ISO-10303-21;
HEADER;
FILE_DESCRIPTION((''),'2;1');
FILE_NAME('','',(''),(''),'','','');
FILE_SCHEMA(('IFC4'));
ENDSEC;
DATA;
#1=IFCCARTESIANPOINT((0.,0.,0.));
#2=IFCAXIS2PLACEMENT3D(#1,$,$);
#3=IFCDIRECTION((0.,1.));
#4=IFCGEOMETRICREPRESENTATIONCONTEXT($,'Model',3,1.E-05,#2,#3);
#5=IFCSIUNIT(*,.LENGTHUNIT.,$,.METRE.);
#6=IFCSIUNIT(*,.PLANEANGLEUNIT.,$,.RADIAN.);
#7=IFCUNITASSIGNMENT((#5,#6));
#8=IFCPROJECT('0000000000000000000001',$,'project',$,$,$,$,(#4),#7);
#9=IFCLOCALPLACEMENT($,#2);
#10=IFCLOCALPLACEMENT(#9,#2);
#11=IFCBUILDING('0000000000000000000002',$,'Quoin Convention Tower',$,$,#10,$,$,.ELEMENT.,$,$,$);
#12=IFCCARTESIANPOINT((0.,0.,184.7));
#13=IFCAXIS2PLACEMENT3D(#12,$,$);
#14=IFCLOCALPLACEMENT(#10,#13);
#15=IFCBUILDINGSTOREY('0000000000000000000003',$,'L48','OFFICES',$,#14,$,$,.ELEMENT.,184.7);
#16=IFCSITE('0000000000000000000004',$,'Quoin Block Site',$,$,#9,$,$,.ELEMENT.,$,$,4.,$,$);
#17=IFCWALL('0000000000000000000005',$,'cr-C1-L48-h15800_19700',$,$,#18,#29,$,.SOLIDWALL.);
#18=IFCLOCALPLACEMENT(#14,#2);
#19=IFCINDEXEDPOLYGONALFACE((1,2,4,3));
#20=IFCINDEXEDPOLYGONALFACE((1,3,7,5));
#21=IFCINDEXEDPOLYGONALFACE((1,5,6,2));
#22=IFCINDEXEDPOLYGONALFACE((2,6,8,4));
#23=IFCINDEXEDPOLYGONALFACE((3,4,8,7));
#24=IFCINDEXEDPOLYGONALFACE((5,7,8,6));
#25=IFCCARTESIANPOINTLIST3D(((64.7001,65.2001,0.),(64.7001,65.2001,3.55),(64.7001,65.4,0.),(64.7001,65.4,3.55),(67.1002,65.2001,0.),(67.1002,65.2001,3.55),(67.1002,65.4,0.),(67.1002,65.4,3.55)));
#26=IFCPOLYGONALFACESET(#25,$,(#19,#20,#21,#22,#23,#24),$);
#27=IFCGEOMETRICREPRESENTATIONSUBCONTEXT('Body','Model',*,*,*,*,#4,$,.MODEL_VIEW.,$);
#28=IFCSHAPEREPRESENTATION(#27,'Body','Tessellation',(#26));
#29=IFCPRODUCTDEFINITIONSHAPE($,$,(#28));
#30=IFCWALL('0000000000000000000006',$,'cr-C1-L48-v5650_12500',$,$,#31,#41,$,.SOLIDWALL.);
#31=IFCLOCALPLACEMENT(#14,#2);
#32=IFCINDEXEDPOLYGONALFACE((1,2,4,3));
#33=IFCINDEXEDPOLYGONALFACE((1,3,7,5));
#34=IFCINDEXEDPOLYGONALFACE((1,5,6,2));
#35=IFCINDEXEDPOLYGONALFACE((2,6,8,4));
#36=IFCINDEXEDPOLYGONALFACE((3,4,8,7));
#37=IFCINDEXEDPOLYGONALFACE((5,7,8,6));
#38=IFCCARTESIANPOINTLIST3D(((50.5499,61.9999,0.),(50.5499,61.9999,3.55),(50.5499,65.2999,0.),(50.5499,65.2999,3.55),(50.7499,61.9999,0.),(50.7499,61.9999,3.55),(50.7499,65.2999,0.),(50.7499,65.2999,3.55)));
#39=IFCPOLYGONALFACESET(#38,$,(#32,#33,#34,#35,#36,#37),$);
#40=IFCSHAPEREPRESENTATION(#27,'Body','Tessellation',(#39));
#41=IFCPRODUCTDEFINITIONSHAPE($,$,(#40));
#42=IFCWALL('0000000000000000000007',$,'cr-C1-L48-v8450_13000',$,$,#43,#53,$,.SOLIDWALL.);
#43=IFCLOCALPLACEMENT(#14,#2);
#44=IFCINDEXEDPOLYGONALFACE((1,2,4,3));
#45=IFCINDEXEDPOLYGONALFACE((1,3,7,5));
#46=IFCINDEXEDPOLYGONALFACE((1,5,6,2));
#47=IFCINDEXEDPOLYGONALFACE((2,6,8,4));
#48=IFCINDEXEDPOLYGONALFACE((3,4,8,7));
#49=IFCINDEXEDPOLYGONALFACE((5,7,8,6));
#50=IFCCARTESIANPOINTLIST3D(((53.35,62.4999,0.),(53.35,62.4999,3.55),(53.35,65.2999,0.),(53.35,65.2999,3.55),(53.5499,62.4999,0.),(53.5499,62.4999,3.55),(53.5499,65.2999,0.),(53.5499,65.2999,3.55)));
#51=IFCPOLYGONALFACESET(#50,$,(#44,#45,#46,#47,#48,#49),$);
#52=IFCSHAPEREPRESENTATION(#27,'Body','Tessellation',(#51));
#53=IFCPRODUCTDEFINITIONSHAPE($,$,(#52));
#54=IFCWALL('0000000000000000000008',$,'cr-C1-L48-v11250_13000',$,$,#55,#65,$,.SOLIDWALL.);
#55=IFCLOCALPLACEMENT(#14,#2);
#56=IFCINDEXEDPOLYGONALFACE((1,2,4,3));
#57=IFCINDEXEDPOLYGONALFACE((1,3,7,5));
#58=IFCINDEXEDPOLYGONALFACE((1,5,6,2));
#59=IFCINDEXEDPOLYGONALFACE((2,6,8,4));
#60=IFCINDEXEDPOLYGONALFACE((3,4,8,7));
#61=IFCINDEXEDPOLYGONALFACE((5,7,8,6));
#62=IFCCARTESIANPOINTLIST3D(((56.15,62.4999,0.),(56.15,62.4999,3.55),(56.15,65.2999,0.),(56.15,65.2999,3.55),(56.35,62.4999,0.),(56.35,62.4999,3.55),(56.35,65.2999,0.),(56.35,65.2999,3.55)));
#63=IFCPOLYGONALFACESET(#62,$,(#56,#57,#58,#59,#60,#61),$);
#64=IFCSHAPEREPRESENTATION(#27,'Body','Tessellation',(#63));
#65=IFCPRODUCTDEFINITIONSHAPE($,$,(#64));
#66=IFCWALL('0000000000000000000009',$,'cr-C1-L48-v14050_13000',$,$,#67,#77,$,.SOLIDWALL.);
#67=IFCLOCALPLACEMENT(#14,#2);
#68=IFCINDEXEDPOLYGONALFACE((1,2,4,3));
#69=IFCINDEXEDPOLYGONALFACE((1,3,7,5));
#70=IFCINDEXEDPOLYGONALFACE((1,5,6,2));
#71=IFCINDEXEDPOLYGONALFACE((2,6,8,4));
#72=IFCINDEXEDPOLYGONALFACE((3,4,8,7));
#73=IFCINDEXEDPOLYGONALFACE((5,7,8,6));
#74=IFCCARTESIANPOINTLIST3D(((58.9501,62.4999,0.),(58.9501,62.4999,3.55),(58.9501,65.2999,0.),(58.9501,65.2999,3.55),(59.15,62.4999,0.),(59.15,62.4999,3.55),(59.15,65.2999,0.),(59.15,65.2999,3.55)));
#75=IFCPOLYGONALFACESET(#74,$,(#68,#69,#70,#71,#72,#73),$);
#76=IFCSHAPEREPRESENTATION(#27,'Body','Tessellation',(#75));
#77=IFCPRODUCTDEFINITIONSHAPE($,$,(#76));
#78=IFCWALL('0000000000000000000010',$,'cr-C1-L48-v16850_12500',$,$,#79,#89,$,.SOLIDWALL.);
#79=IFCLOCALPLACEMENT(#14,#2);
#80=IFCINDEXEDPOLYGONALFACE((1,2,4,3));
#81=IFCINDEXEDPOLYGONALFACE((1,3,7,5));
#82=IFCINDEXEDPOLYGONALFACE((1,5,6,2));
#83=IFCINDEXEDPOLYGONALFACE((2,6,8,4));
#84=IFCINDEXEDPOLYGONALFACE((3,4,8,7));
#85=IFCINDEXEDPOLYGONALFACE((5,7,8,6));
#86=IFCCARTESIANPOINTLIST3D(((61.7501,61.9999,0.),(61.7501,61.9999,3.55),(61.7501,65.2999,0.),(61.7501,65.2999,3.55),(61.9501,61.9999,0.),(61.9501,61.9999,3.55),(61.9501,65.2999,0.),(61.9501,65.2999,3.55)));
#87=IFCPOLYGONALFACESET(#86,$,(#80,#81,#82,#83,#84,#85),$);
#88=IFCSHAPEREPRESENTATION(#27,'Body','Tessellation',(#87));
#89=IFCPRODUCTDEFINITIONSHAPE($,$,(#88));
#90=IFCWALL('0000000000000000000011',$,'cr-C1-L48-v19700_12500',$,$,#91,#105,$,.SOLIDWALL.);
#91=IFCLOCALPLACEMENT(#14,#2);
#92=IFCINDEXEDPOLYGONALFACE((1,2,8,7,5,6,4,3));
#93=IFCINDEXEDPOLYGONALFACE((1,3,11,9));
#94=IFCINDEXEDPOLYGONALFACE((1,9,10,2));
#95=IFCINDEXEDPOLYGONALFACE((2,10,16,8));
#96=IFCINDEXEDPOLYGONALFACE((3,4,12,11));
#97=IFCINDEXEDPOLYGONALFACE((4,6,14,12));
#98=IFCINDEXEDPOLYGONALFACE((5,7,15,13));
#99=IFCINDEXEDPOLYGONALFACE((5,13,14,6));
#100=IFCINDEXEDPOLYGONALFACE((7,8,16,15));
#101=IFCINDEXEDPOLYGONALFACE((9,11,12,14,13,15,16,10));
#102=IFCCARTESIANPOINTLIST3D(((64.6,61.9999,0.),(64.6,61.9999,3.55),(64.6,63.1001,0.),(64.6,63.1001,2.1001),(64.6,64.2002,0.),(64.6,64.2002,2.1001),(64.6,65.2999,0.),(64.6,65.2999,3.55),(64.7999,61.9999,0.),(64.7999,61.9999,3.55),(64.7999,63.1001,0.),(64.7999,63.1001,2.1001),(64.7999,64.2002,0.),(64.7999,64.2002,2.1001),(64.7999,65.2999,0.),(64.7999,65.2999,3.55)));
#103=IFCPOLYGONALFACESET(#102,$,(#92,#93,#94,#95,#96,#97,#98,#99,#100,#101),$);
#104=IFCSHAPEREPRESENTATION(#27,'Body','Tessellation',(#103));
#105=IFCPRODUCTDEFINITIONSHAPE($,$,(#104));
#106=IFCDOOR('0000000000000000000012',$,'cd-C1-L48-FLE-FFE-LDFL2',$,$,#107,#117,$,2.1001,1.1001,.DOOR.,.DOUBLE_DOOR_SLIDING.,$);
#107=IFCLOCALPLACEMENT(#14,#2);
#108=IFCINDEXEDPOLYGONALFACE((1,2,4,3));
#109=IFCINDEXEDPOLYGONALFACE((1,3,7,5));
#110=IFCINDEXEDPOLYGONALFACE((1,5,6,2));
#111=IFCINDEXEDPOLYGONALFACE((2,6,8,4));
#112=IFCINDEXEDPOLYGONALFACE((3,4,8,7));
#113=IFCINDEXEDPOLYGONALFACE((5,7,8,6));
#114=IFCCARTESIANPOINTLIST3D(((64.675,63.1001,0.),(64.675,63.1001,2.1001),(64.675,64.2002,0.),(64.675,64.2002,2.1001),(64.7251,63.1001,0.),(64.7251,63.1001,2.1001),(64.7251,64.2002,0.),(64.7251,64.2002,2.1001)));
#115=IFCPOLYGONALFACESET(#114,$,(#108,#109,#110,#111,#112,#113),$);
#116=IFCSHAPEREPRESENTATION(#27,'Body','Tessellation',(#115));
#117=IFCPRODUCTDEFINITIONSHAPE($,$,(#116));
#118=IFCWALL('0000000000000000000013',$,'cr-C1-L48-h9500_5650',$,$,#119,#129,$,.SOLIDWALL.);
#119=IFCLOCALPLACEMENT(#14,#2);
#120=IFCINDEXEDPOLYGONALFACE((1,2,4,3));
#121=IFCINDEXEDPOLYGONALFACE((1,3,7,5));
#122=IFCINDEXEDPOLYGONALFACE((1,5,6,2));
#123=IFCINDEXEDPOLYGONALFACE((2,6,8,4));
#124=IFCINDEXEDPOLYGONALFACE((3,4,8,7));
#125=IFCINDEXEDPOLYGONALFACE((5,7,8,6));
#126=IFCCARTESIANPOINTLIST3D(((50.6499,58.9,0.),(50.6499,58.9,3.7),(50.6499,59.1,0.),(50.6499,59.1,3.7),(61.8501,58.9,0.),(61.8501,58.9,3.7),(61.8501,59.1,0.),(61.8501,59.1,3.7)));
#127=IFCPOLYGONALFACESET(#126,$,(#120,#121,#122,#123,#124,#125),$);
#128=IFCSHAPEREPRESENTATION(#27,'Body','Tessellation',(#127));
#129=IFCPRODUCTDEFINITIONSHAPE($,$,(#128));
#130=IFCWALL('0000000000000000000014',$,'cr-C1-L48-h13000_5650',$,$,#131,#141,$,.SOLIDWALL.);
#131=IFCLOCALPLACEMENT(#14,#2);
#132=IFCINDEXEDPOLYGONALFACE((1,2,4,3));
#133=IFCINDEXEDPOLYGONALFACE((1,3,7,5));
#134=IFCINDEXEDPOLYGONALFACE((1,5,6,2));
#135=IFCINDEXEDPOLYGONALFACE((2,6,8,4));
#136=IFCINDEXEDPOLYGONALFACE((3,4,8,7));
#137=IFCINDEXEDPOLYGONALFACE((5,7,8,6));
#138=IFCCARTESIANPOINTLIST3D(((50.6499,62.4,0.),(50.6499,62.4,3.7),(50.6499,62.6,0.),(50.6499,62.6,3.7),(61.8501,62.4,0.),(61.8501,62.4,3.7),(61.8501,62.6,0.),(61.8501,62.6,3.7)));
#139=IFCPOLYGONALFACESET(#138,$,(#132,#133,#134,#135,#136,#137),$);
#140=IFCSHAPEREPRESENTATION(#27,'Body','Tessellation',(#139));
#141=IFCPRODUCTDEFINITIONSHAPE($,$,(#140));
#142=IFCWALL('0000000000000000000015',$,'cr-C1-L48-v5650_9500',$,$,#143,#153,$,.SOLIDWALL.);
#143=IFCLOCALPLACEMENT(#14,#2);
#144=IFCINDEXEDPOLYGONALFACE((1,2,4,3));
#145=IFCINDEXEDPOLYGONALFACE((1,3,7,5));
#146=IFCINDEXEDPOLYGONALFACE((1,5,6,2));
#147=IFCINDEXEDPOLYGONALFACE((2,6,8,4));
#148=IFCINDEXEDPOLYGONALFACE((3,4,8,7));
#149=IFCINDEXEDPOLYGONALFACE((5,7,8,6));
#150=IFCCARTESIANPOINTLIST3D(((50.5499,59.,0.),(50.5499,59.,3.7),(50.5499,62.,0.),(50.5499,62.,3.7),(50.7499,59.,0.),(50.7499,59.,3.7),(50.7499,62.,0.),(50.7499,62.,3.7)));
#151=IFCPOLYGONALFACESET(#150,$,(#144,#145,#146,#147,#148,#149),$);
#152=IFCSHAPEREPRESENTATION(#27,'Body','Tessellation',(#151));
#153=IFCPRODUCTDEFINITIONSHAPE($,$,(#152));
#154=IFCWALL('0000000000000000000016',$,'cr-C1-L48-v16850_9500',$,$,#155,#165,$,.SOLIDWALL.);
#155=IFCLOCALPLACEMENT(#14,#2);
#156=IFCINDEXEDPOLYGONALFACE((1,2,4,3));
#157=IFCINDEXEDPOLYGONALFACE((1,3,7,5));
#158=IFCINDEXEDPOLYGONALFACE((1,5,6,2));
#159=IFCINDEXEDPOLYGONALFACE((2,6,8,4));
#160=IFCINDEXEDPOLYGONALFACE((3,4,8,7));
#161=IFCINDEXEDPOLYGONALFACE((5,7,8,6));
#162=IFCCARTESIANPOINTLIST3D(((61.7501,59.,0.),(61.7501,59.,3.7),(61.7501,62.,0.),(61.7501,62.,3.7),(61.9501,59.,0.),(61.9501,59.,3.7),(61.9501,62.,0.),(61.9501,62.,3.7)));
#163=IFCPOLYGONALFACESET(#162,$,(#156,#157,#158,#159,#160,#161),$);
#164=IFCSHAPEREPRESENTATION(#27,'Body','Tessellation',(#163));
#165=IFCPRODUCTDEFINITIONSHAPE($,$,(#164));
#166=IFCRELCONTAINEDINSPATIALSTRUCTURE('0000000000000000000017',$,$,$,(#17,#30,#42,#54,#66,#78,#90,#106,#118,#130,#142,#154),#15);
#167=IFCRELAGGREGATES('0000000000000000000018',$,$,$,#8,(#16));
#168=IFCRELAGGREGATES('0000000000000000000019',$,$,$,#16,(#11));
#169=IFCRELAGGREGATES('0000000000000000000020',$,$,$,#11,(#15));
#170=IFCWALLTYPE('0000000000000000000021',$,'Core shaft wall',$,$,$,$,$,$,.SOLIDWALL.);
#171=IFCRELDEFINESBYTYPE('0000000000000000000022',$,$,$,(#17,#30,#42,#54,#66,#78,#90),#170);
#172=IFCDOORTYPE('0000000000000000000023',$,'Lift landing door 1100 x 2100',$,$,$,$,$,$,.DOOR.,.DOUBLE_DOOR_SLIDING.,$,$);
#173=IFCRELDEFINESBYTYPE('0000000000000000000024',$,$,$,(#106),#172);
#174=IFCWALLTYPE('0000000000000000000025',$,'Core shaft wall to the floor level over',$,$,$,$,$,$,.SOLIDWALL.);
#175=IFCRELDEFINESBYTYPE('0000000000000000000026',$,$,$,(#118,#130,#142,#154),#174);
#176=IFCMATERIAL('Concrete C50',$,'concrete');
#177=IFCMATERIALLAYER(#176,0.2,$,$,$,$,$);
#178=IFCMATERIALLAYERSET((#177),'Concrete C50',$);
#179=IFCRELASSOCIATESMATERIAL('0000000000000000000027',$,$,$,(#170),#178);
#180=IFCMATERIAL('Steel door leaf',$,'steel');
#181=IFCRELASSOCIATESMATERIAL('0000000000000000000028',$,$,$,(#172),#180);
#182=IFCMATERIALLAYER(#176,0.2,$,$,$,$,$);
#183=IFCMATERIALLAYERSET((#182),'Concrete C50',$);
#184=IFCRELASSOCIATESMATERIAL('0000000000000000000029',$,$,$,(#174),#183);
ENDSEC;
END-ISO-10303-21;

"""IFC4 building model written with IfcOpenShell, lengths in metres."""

from ifc_helpers import new_model, si_unit, direction, frame, frame_2d, origin, place, context, subcontext, project, spatial, rectangle, extrude, material, layer, layer_set, type_object, element, fill, save


model = new_model("IFC4")

# Units and contexts
model_context = context("Model", 3, precision=1e-05, world=origin(), true_north=direction((0.0, 1.0)))
body_context = subcontext(model_context, "Body", "Model", "MODEL_VIEW")
ifc_project = project(units=[si_unit("LENGTHUNIT", "METRE"), si_unit("PLANEANGLEUNIT", "RADIAN")], contexts=[model_context])

# Site, building, storey
site_placement = place(None, origin())
site = spatial("IfcSite", under=ifc_project, at=site_placement, Name="Quoin Block Site", CompositionType="ELEMENT", RefElevation=4.0)
building_placement = place(site_placement, origin())
building = spatial("IfcBuilding", under=site, at=building_placement, Name="Quoin Convention Tower", CompositionType="ELEMENT")
storey_placement = place(building_placement, frame((0.0, 0.0, 184.7)))
storey = spatial("IfcBuildingStorey", under=building, at=storey_placement, Name="L48", Description="OFFICES", CompositionType="ELEMENT", Elevation=184.7)

# Walls
ifc_material_1 = material(Name="Concrete C50", Category="concrete")
ifc_layer_1 = layer(ifc_material_1, 0.2)
ifc_layer_set_1 = layer_set([ifc_layer_1], Name="Concrete C50")
wall_type_1 = type_object("IfcWallType", Name="Core shaft wall", PredefinedType="SOLIDWALL", material=ifc_layer_set_1)
wall_1_placement = place(storey_placement, frame((64.7, 65.3, 0.0), z_axis=(0.0, 0.0, 1.0), x_axis=(1.0, 0.0, 0.0)))
element("IfcWall", 1, at=wall_1_placement, inside=storey, type_object=wall_type_1, Name="cr-C1-L48-h15800_19700", PredefinedType="SOLIDWALL", context=body_context, shape_type="SweptSolid", body=[
    extrude(rectangle(XDim=2.4001, YDim=0.2, at=frame_2d((1.2002, 0.0))), origin(), (0.0, 0.0, 1.0), 3.55),
])
wall_2_placement = place(storey_placement, frame((50.6499, 62.0, 0.0), z_axis=(0.0, 0.0, 1.0), x_axis=(0.0, 1.0, 0.0)))
element("IfcWall", 2, at=wall_2_placement, inside=storey, type_object=wall_type_1, Name="cr-C1-L48-v5650_12500", PredefinedType="SOLIDWALL", context=body_context, shape_type="SweptSolid", body=[
    extrude(rectangle(XDim=3.3, YDim=0.2, at=frame_2d((1.6499, 0.0))), origin(), (0.0, 0.0, 1.0), 3.55),
])
for number, where, z_axis, x_axis, name in (
    (3, (53.45, 62.5, 0.0), (0.0, 0.0, 1.0), (0.0, 1.0, 0.0), "cr-C1-L48-v8450_13000"),
    (4, (56.25, 62.5, 0.0), (0.0, 0.0, 1.0), (0.0, 1.0, 0.0), "cr-C1-L48-v11250_13000"),
    (5, (59.05, 62.5, 0.0), (0.0, 0.0, 1.0), (0.0, 1.0, 0.0), "cr-C1-L48-v14050_13000"),
):
    element("IfcWall", number, at=place(storey_placement, frame(where, z_axis=z_axis, x_axis=x_axis)), inside=storey, type_object=wall_type_1, Name=name, PredefinedType="SOLIDWALL", context=body_context, shape_type="SweptSolid", body=[
        extrude(rectangle(XDim=2.8, YDim=0.2, at=frame_2d((1.3999, 0.0))), origin(), (0.0, 0.0, 1.0), 3.55),
    ])
wall_3_placement = place(storey_placement, frame((61.8501, 62.0, 0.0), z_axis=(0.0, 0.0, 1.0), x_axis=(0.0, 1.0, 0.0)))
element("IfcWall", 6, at=wall_3_placement, inside=storey, type_object=wall_type_1, Name="cr-C1-L48-v16850_12500", PredefinedType="SOLIDWALL", context=body_context, shape_type="SweptSolid", body=[
    extrude(rectangle(XDim=3.3, YDim=0.2, at=frame_2d((1.6499, 0.0))), origin(), (0.0, 0.0, 1.0), 3.55),
])

# Wall, opening, door
wall_4_placement = place(storey_placement, frame((64.7, 62.0, 0.0), z_axis=(0.0, 0.0, 1.0), x_axis=(0.0, 1.0, 0.0)))
wall_4 = element("IfcWall", 7, at=wall_4_placement, inside=storey, type_object=wall_type_1, Name="cr-C1-L48-v19700_12500", PredefinedType="SOLIDWALL", context=body_context, shape_type="SweptSolid", body=[
    extrude(rectangle(XDim=3.3, YDim=0.2, at=frame_2d((1.6499, 0.0))), origin(), (0.0, 0.0, 1.0), 3.55),
])
opening_placement = place(wall_4_placement, frame((1.1001, 0.0, 0.0)))
opening = element("IfcOpeningElement", 8, at=opening_placement, cuts=wall_4, PredefinedType="OPENING", context=body_context, shape_type="SweptSolid", body=[
    extrude(rectangle(XDim=1.1001, YDim=2.1001, at=frame_2d((0.55, 1.05))), frame((0.0, 0.1099, 0.0), z_axis=(0.0, -1.0, 0.0), x_axis=(1.0, 0.0, 0.0)), (0.0, 0.0, 1.0), 0.22),
])
ifc_material_2 = material(Name="Steel door leaf", Category="steel")
door_type = type_object("IfcDoorType", Name="Lift landing door 1100 x 2100", OperationType="DOUBLE_DOOR_SLIDING", PredefinedType="DOOR", material=ifc_material_2)
door_placement = place(opening_placement, origin())
door = element("IfcDoor", 9, at=door_placement, inside=storey, type_object=door_type, Name="cd-C1-L48-FLE-FFE-LDFL2", OperationType="DOUBLE_DOOR_SLIDING", OverallHeight=2.1001, OverallWidth=1.1001, PredefinedType="DOOR", context=body_context, shape_type="SweptSolid", body=[
    extrude(rectangle(XDim=1.1001, YDim=2.1001, at=frame_2d((0.55, 1.05))), frame((0.0, 0.0249, 0.0), z_axis=(0.0, -1.0, 0.0), x_axis=(1.0, 0.0, 0.0)), (0.0, 0.0, 1.0), 0.05),
])
fill(opening, door)

# Walls
ifc_layer_2 = layer(ifc_material_1, 0.2)
ifc_layer_set_2 = layer_set([ifc_layer_2], Name="Concrete C50")
wall_type_2 = type_object("IfcWallType", Name="Core shaft wall to the floor level over", PredefinedType="SOLIDWALL", material=ifc_layer_set_2)
for number, where, z_axis, x_axis, name in (
    (10, (50.6499, 59.0, 0.0), (0.0, 0.0, 1.0), (1.0, 0.0, 0.0), "cr-C1-L48-h9500_5650"),
    (11, (50.6499, 62.5, 0.0), (0.0, 0.0, 1.0), (1.0, 0.0, 0.0), "cr-C1-L48-h13000_5650"),
):
    element("IfcWall", number, at=place(storey_placement, frame(where, z_axis=z_axis, x_axis=x_axis)), inside=storey, type_object=wall_type_2, Name=name, PredefinedType="SOLIDWALL", context=body_context, shape_type="SweptSolid", body=[
        extrude(rectangle(XDim=11.2002, YDim=0.2, at=frame_2d((5.6001, 0.0))), origin(), (0.0, 0.0, 1.0), 3.7),
    ])
for number, where, z_axis, x_axis, name in (
    (12, (50.6499, 59.0, 0.0), (0.0, 0.0, 1.0), (0.0, 1.0, 0.0), "cr-C1-L48-v5650_9500"),
    (13, (61.8501, 59.0, 0.0), (0.0, 0.0, 1.0), (0.0, 1.0, 0.0), "cr-C1-L48-v16850_9500"),
):
    element("IfcWall", number, at=place(storey_placement, frame(where, z_axis=z_axis, x_axis=x_axis)), inside=storey, type_object=wall_type_2, Name=name, PredefinedType="SOLIDWALL", context=body_context, shape_type="SweptSolid", body=[
        extrude(rectangle(XDim=3.0, YDim=0.2, at=frame_2d((1.5, 0.0))), origin(), (0.0, 0.0, 1.0), 3.7),
    ])

save(model, "model.ifc")
